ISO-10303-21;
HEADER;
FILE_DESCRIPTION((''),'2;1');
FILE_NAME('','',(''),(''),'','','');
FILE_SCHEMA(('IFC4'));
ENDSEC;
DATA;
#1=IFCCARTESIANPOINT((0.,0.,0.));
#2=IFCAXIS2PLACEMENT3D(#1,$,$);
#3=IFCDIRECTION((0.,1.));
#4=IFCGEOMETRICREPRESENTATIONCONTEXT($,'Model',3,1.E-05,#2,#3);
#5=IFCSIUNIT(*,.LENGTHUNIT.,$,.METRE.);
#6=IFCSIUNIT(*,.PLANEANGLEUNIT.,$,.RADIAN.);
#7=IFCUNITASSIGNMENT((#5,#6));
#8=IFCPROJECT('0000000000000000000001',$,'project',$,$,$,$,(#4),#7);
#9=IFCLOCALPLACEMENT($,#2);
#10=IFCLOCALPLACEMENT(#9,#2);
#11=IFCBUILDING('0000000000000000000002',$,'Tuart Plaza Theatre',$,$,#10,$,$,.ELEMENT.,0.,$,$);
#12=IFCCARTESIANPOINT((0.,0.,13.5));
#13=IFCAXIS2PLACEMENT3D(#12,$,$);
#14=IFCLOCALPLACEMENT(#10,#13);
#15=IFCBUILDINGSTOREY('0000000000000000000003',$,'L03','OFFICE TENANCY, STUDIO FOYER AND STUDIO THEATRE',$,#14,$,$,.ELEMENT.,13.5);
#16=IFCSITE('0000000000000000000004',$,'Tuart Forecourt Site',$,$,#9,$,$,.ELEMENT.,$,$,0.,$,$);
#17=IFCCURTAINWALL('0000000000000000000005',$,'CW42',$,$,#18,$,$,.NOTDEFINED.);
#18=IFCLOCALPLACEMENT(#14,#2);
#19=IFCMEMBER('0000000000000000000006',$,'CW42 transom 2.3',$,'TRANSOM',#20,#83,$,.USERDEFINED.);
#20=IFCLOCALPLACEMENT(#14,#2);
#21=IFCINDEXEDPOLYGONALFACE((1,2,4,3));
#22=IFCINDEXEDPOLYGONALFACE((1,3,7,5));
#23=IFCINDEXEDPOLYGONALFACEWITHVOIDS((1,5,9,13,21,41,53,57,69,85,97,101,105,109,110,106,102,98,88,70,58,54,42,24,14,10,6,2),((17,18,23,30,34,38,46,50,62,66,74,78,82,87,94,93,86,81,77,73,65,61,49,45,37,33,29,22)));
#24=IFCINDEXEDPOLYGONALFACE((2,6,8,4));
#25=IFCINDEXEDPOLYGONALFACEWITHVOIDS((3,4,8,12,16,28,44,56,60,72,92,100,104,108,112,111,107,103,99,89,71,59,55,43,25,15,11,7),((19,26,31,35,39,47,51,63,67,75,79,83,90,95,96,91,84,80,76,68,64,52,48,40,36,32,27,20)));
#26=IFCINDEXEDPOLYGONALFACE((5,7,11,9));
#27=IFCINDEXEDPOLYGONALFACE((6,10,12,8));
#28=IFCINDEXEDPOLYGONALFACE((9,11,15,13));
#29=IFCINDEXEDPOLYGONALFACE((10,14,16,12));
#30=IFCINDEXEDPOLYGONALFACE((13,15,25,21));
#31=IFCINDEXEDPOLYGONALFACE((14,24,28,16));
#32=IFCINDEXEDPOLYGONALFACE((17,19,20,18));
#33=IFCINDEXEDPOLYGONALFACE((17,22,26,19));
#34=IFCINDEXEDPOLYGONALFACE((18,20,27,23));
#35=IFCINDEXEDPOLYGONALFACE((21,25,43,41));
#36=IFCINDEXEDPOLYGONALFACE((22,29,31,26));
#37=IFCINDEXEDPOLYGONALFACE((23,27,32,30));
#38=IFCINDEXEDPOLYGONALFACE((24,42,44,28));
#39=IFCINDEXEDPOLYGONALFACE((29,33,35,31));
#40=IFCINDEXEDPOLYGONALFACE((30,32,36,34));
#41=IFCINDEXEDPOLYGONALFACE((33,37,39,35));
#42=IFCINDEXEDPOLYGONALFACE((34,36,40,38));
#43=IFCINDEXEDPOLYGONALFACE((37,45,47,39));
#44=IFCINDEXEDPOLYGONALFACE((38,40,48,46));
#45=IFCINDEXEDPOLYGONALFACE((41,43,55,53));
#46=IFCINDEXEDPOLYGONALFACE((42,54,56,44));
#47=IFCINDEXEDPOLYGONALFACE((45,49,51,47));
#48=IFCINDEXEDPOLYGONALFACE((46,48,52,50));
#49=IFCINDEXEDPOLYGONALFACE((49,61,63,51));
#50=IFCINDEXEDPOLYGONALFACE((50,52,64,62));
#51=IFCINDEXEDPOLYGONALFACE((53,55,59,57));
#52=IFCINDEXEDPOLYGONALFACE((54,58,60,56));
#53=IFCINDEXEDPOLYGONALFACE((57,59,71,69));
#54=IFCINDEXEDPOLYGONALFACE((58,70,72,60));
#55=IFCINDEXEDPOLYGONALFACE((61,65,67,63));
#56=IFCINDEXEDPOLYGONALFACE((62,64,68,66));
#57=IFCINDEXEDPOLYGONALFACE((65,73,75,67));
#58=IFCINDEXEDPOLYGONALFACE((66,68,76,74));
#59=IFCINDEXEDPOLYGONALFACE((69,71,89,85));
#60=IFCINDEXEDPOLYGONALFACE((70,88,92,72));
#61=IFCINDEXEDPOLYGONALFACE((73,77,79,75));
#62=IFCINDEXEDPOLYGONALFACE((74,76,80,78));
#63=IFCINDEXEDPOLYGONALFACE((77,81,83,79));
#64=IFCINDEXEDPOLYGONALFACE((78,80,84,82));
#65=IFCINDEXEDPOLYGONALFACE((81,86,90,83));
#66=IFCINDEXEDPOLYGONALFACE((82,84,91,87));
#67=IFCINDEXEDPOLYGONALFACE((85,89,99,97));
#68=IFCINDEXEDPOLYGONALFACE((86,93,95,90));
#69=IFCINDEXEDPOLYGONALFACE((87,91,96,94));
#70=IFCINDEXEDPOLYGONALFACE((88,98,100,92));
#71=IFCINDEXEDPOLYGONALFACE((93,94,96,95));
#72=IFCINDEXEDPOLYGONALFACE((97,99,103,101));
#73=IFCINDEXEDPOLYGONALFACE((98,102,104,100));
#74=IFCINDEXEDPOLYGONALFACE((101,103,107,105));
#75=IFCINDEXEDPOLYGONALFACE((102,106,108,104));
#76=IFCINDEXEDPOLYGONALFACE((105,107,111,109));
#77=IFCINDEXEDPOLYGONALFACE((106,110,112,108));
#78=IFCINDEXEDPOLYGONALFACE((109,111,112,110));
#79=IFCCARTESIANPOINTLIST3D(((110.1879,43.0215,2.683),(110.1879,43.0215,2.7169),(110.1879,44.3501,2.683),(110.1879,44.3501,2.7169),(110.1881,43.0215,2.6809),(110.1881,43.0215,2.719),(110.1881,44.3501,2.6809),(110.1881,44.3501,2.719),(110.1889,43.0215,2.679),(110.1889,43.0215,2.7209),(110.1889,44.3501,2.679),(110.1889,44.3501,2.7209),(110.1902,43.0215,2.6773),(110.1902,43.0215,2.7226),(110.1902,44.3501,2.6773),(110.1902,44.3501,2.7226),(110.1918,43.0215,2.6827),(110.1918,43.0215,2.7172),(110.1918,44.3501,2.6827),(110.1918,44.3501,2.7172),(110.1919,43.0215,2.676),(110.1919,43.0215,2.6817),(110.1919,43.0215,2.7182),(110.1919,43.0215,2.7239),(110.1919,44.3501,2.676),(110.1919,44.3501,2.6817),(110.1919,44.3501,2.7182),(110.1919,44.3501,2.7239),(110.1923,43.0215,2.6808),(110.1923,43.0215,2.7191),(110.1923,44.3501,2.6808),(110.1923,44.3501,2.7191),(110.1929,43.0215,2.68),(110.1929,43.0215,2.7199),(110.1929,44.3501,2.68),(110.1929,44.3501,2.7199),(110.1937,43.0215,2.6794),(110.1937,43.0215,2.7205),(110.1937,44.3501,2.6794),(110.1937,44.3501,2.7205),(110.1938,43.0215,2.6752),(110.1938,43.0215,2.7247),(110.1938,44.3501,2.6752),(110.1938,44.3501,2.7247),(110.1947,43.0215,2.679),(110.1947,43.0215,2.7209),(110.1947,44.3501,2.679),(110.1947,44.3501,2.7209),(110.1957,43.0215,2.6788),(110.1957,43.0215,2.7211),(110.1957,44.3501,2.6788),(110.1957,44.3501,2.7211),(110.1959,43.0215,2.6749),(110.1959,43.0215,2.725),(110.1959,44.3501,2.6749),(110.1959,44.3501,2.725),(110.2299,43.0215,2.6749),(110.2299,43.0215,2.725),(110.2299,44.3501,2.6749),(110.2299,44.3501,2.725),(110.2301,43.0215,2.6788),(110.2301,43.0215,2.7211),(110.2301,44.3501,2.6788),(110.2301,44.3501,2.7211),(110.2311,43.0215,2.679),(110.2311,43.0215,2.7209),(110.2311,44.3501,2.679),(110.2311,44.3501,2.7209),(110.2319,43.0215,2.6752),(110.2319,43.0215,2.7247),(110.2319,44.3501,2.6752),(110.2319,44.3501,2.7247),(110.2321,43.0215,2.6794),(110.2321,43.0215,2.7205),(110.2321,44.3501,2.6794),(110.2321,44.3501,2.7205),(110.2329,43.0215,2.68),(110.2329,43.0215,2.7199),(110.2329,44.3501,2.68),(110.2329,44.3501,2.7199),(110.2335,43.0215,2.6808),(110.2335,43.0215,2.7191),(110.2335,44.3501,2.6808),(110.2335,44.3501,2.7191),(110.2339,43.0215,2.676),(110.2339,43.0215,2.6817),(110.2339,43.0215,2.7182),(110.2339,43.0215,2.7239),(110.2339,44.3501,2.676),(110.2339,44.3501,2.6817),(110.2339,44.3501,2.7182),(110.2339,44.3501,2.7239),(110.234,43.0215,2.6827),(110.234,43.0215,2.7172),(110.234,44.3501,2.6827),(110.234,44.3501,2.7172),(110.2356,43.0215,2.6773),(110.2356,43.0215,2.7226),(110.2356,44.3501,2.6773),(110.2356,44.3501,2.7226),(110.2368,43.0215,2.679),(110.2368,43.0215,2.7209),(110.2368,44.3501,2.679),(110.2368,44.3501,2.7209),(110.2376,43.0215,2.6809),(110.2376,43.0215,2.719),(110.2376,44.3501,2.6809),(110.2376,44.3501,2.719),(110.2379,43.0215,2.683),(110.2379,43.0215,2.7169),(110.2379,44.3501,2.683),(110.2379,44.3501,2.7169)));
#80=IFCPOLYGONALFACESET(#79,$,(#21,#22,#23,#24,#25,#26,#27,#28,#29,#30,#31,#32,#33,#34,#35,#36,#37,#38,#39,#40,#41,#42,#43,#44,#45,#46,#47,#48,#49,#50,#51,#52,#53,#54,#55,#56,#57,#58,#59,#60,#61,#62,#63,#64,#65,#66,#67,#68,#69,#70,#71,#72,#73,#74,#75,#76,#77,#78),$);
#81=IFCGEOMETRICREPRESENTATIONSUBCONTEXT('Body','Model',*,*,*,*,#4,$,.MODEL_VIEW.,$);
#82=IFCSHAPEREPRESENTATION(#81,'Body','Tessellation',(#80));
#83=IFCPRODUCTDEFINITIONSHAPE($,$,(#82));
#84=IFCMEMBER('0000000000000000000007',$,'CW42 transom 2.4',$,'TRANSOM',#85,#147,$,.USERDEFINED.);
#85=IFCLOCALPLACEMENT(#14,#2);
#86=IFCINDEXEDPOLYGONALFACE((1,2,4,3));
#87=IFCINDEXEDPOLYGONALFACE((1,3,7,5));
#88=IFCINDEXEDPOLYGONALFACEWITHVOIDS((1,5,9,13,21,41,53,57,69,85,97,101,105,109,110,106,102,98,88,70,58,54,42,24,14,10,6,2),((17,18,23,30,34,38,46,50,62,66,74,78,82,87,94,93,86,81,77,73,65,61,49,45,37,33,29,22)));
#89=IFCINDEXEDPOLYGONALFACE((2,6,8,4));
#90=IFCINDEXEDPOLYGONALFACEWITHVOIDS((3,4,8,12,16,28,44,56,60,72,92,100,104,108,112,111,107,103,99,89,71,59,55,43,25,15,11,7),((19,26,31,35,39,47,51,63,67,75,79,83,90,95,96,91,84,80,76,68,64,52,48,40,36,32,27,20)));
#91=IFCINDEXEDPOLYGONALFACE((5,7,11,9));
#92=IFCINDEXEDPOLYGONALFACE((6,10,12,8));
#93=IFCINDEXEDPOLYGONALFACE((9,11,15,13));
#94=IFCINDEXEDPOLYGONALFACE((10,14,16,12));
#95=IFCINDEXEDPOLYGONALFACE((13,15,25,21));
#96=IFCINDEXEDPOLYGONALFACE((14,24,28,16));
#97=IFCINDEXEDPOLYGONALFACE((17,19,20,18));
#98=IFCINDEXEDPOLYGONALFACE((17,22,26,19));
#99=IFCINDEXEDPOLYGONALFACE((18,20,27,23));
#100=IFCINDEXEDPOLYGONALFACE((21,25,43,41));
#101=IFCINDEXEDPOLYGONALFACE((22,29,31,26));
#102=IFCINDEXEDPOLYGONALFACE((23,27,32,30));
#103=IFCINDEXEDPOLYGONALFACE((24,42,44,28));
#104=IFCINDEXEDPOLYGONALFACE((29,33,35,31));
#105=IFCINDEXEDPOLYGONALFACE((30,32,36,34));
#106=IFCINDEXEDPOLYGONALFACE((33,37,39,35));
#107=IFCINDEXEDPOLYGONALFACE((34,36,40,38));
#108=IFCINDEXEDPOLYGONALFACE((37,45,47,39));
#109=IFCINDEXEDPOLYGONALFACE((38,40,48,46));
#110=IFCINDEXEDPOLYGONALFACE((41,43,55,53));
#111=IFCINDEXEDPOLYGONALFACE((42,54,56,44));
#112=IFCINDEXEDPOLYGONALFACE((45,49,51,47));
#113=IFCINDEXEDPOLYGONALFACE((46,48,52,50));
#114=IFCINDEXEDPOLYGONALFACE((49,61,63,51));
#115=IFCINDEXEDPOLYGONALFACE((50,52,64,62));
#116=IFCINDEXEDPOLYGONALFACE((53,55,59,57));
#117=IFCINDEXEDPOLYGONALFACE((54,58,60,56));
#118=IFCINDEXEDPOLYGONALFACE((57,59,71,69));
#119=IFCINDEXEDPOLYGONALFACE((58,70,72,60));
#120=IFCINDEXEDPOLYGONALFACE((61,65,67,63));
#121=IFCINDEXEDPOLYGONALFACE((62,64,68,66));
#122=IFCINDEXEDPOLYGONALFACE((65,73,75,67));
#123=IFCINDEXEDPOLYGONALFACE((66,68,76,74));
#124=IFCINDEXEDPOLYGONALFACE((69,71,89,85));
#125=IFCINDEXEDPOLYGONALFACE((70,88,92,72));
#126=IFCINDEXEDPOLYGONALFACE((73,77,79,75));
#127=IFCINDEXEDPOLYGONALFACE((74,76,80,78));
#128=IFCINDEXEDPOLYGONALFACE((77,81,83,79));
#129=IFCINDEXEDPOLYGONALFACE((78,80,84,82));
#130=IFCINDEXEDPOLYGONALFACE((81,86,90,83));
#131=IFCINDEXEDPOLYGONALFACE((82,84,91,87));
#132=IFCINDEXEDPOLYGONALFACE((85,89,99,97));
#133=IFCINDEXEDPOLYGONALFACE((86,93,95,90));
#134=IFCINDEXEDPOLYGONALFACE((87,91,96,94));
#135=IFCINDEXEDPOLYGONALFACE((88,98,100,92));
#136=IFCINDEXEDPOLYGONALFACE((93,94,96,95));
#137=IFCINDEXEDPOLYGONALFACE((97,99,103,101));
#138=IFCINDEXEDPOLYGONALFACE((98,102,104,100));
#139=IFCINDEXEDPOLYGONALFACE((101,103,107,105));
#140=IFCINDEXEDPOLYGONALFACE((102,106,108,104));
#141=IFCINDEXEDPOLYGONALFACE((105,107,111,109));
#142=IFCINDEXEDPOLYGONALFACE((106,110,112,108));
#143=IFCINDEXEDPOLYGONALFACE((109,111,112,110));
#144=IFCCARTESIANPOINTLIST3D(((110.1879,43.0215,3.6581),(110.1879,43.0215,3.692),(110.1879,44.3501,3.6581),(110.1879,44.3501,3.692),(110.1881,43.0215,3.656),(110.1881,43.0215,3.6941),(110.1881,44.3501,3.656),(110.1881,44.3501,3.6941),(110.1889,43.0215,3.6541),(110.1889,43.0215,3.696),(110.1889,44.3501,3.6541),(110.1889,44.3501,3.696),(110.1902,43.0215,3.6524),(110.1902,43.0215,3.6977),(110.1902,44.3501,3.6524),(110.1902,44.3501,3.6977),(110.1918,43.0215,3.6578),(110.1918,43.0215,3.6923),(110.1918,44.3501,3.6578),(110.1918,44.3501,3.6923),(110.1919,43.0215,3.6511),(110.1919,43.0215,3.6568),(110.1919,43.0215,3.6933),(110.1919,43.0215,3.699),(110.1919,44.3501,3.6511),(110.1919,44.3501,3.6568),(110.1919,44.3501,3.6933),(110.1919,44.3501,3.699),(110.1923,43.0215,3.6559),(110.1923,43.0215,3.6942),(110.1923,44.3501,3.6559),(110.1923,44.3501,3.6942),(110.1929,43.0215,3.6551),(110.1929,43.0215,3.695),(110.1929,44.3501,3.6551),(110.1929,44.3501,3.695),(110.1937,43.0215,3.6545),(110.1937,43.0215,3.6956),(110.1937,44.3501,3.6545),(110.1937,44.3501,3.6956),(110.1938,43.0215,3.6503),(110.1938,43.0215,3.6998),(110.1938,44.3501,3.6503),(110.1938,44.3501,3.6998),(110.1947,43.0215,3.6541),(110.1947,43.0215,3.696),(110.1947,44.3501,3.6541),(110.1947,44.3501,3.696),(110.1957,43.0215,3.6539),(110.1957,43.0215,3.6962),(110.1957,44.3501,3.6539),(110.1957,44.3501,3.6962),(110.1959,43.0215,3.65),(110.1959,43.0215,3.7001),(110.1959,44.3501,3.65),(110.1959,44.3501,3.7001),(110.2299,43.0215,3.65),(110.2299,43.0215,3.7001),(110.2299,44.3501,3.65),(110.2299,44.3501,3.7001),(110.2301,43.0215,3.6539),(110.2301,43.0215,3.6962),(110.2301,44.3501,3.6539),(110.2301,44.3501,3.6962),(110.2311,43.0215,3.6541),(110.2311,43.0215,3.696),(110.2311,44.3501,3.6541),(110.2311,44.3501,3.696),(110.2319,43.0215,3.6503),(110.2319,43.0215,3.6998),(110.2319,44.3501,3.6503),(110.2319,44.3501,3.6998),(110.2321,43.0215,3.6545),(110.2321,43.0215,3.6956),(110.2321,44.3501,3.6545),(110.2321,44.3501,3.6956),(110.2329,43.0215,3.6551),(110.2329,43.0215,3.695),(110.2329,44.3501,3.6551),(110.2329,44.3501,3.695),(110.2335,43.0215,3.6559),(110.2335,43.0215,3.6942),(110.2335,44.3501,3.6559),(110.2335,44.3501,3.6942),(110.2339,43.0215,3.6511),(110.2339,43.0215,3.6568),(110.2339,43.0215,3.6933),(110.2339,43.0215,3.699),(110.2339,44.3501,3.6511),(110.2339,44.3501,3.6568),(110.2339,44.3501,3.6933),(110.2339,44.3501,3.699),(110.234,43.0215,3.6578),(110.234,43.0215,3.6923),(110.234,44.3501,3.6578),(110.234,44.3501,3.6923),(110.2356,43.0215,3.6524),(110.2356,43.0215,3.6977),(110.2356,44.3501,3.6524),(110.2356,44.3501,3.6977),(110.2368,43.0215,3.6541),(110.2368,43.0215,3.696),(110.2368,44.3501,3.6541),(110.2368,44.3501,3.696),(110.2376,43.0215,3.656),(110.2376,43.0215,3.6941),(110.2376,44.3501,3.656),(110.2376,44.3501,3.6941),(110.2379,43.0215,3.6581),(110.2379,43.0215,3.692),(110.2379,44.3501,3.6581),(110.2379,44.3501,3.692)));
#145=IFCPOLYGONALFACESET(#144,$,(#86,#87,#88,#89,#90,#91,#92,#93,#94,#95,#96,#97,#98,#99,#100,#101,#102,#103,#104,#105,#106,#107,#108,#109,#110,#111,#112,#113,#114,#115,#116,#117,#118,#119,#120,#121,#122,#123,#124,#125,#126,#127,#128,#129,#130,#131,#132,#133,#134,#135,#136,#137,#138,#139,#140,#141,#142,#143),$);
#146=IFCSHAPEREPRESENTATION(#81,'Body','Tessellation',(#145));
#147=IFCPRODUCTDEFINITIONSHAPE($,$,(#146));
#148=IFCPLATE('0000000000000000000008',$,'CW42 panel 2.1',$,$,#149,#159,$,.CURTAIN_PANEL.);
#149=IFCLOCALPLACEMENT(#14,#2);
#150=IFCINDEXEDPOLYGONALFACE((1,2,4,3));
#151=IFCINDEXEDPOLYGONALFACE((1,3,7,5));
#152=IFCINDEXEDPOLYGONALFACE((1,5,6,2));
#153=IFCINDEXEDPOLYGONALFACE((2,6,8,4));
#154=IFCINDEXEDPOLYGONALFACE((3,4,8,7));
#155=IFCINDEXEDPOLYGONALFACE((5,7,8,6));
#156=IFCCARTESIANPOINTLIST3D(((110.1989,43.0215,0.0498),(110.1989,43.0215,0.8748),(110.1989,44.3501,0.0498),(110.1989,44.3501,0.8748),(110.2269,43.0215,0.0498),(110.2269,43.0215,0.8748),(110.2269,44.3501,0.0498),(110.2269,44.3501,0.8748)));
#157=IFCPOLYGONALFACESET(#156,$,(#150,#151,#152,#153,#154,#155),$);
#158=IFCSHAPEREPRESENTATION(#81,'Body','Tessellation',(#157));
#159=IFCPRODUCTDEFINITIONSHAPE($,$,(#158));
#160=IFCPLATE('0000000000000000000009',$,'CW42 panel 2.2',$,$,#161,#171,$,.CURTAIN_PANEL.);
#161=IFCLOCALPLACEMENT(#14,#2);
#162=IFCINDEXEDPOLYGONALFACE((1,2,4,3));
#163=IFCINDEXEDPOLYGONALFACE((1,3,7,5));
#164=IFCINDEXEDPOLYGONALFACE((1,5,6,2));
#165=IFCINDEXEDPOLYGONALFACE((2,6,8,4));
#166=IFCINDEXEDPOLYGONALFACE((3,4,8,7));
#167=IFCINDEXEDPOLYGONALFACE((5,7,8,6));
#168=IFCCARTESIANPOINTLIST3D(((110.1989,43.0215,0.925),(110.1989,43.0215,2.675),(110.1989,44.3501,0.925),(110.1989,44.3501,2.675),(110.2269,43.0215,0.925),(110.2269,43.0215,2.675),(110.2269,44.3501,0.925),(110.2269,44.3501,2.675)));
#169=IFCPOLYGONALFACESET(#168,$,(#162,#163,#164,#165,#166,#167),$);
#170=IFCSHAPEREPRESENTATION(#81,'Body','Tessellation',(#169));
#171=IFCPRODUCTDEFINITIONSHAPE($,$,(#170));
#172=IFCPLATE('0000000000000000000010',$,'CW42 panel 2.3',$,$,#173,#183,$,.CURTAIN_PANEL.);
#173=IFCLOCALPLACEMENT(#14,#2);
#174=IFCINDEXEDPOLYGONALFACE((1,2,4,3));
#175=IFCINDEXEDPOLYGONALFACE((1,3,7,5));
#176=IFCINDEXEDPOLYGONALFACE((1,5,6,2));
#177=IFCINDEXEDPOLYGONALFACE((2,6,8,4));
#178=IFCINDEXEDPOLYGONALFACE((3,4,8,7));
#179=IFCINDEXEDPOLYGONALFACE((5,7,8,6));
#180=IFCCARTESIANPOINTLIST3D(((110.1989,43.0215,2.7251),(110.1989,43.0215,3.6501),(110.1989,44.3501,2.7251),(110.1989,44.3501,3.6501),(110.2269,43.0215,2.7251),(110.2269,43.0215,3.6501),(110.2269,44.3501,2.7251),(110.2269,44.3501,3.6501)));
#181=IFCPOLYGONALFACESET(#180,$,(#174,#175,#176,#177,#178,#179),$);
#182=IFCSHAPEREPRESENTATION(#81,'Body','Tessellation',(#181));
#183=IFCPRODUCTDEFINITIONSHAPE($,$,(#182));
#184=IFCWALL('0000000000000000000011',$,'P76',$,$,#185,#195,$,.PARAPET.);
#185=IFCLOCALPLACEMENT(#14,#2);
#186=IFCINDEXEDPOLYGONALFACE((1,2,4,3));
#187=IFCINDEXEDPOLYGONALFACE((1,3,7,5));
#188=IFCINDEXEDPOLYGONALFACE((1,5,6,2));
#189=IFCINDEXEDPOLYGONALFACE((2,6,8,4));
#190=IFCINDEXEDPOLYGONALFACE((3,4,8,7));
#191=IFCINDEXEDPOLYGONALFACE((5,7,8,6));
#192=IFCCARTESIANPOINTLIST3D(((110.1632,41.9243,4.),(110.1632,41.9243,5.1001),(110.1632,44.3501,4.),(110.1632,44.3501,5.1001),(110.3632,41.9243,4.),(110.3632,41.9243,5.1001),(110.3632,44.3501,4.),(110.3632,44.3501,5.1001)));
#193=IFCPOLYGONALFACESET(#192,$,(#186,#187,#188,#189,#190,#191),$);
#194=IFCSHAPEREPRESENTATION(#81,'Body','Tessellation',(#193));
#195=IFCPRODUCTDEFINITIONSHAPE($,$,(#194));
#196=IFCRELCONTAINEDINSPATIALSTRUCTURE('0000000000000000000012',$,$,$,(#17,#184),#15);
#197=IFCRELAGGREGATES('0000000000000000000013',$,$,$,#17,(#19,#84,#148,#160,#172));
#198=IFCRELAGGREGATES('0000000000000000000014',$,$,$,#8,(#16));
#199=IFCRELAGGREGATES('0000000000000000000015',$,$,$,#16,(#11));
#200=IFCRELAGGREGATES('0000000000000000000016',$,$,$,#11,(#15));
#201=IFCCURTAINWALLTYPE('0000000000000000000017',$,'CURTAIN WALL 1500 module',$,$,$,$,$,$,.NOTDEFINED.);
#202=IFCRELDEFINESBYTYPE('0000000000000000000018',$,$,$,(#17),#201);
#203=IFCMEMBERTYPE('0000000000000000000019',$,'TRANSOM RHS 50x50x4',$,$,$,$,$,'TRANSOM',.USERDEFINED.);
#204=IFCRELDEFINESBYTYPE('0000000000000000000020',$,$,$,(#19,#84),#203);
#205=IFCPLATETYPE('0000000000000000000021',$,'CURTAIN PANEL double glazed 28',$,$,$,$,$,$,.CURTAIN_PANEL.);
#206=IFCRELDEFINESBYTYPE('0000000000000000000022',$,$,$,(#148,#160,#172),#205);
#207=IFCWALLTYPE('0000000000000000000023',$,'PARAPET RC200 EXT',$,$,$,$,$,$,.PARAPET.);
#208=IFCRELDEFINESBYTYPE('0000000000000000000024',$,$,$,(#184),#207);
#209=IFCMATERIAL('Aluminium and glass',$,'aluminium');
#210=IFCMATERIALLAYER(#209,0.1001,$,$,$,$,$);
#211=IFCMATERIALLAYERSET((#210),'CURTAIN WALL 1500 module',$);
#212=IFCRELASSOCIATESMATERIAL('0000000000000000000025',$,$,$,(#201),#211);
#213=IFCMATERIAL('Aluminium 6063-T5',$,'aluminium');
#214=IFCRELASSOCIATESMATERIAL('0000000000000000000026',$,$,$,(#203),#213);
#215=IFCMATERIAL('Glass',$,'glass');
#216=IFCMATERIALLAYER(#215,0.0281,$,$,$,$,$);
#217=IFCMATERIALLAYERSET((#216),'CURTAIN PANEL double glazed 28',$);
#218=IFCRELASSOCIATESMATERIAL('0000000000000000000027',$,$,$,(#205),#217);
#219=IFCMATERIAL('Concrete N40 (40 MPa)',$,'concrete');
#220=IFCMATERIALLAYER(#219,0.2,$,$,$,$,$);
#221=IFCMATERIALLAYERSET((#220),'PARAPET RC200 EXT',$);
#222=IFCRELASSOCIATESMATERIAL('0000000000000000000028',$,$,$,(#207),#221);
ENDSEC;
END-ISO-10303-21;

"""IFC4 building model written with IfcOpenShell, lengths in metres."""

from ifc_helpers import new_model, si_unit, direction, frame, frame_2d, origin, origin_2d, place, context, subcontext, project, spatial, rectangle, hollow_rectangle, extrude, material, layer, layer_set, material_profile, profile_set, type_object, element, aggregate, save


model = new_model("IFC4")

# Units and contexts
model_context = context("Model", 3, precision=1e-05, world=origin(), true_north=direction((0.0, 1.0)))
body_context = subcontext(model_context, "Body", "Model", "MODEL_VIEW")
ifc_project = project(units=[si_unit("LENGTHUNIT", "METRE"), si_unit("PLANEANGLEUNIT", "RADIAN")], contexts=[model_context])

# Site, building, storey
site_placement = place(None, origin())
site = spatial("IfcSite", under=ifc_project, at=site_placement, Name="Tuart Forecourt Site", CompositionType="ELEMENT", RefElevation=0.0)
building_placement = place(site_placement, origin())
building = spatial("IfcBuilding", under=site, at=building_placement, Name="Tuart Plaza Theatre", CompositionType="ELEMENT", ElevationOfRefHeight=0.0)
storey_placement = place(building_placement, frame((0.0, 0.0, 13.5)))
storey = spatial("IfcBuildingStorey", under=building, at=storey_placement, Name="L03", Description="OFFICE TENANCY, STUDIO FOYER AND STUDIO THEATRE", CompositionType="ELEMENT", Elevation=13.5)

# Shared definitions
ifc_material_1 = material(Name="Aluminium and glass", Category="aluminium")
ifc_layer_1 = layer(ifc_material_1, 0.1001)
ifc_layer_set_1 = layer_set([ifc_layer_1], Name="CURTAIN WALL 1500 module")
curtain_wall_type = type_object("IfcCurtainWallType", Name="CURTAIN WALL 1500 module", PredefinedType="NOTDEFINED", material=ifc_layer_set_1)

# Curtain wall
curtain_wall_1_placement = place(storey_placement, origin())
curtain_wall_1 = element("IfcCurtainWall", 1, at=curtain_wall_1_placement, inside=storey, type_object=curtain_wall_type, Name="CW42", PredefinedType="NOTDEFINED")

# Members
ifc_material_2 = material(Name="Aluminium 6063-T5", Category="aluminium")
ifc_material_profile_1 = material_profile(ifc_material_2, hollow_rectangle(XDim=0.05, YDim=0.05, WallThickness=0.0039, InnerFilletRadius=0.0039, OuterFilletRadius=0.0081, at=origin_2d()), Name="RHS 50x50x4")
ifc_profile_set_1 = profile_set([ifc_material_profile_1], Name="Aluminium 6063-T5")
member_type_1 = type_object("IfcMemberType", Name="TRANSOM RHS 50x50x4", ElementType="TRANSOM", PredefinedType="USERDEFINED", material=ifc_profile_set_1)
member_1_placement = place(storey_placement, frame((110.2129, 43.0215, 2.7), z_axis=(0.0, 1.0, 0.0), x_axis=(-1.0, 0.0, 0.0)))
member_1 = element("IfcMember", 2, at=member_1_placement, type_object=member_type_1, Name="CW42 transom 2.3", ObjectType="TRANSOM", PredefinedType="USERDEFINED", context=body_context, shape_type="SweptSolid", body=[
    extrude(hollow_rectangle(XDim=0.05, YDim=0.05, WallThickness=0.0039, InnerFilletRadius=0.0039, OuterFilletRadius=0.0081, at=origin_2d()), origin(), (0.0, 0.0, 1.0), 1.3286),
])
member_2_placement = place(storey_placement, frame((110.2129, 43.0215, 3.675), z_axis=(0.0, 1.0, 0.0), x_axis=(-1.0, 0.0, 0.0)))
member_2 = element("IfcMember", 3, at=member_2_placement, type_object=member_type_1, Name="CW42 transom 2.4", ObjectType="TRANSOM", PredefinedType="USERDEFINED", context=body_context, shape_type="SweptSolid", body=[
    extrude(hollow_rectangle(XDim=0.05, YDim=0.05, WallThickness=0.0039, InnerFilletRadius=0.0039, OuterFilletRadius=0.0081, at=origin_2d()), origin(), (0.0, 0.0, 1.0), 1.3286),
])

# Plates
ifc_material_3 = material(Name="Glass", Category="glass")
ifc_layer_2 = layer(ifc_material_3, 0.0281)
ifc_layer_set_2 = layer_set([ifc_layer_2], Name="CURTAIN PANEL double glazed 28")
plate_type = type_object("IfcPlateType", Name="CURTAIN PANEL double glazed 28", PredefinedType="CURTAIN_PANEL", material=ifc_layer_set_2)
plate_1_placement = place(storey_placement, frame((110.2129, 43.6858, 0.0498), z_axis=(0.0, 0.0, 1.0), x_axis=(0.0, 1.0, 0.0)))
plate_1 = element("IfcPlate", 4, at=plate_1_placement, type_object=plate_type, Name="CW42 panel 2.1", PredefinedType="CURTAIN_PANEL", context=body_context, shape_type="SweptSolid", body=[
    extrude(rectangle(XDim=1.3286, YDim=0.0281, at=origin_2d()), origin(), (0.0, 0.0, 1.0), 0.825),
])
plate_2_placement = place(storey_placement, frame((110.2129, 43.6858, 0.925), z_axis=(0.0, 0.0, 1.0), x_axis=(0.0, 1.0, 0.0)))
plate_2 = element("IfcPlate", 5, at=plate_2_placement, type_object=plate_type, Name="CW42 panel 2.2", PredefinedType="CURTAIN_PANEL", context=body_context, shape_type="SweptSolid", body=[
    extrude(rectangle(XDim=1.3286, YDim=0.0281, at=origin_2d()), origin(), (0.0, 0.0, 1.0), 1.75),
])
plate_3_placement = place(storey_placement, frame((110.2129, 43.6858, 2.7251), z_axis=(0.0, 0.0, 1.0), x_axis=(0.0, 1.0, 0.0)))
plate_3 = element("IfcPlate", 6, at=plate_3_placement, type_object=plate_type, Name="CW42 panel 2.3", PredefinedType="CURTAIN_PANEL", context=body_context, shape_type="SweptSolid", body=[
    extrude(rectangle(XDim=1.3286, YDim=0.0281, at=origin_2d()), origin(), (0.0, 0.0, 1.0), 0.925),
])
aggregate(curtain_wall_1, [member_1, member_2, plate_1, plate_2, plate_3])

# Wall
ifc_material_4 = material(Name="Concrete N40 (40 MPa)", Category="concrete")
ifc_layer_3 = layer(ifc_material_4, 0.2)
ifc_layer_set_3 = layer_set([ifc_layer_3], Name="PARAPET RC200 EXT")
wall_type_1 = type_object("IfcWallType", Name="PARAPET RC200 EXT", PredefinedType="PARAPET", material=ifc_layer_set_3)
wall_1_placement = place(storey_placement, frame((110.2632, 44.3501, 4.0), z_axis=(0.0, 0.0, 1.0), x_axis=(0.0, -1.0, 0.0)))
element("IfcWall", 7, at=wall_1_placement, inside=storey, type_object=wall_type_1, Name="P76", PredefinedType="PARAPET", context=body_context, shape_type="SweptSolid", body=[
    extrude(rectangle(XDim=2.4258, YDim=0.2, at=frame_2d((1.2129, 0.0))), origin(), (0.0, 0.0, 1.0), 1.1001),
])

save(model, "model.ifc")
